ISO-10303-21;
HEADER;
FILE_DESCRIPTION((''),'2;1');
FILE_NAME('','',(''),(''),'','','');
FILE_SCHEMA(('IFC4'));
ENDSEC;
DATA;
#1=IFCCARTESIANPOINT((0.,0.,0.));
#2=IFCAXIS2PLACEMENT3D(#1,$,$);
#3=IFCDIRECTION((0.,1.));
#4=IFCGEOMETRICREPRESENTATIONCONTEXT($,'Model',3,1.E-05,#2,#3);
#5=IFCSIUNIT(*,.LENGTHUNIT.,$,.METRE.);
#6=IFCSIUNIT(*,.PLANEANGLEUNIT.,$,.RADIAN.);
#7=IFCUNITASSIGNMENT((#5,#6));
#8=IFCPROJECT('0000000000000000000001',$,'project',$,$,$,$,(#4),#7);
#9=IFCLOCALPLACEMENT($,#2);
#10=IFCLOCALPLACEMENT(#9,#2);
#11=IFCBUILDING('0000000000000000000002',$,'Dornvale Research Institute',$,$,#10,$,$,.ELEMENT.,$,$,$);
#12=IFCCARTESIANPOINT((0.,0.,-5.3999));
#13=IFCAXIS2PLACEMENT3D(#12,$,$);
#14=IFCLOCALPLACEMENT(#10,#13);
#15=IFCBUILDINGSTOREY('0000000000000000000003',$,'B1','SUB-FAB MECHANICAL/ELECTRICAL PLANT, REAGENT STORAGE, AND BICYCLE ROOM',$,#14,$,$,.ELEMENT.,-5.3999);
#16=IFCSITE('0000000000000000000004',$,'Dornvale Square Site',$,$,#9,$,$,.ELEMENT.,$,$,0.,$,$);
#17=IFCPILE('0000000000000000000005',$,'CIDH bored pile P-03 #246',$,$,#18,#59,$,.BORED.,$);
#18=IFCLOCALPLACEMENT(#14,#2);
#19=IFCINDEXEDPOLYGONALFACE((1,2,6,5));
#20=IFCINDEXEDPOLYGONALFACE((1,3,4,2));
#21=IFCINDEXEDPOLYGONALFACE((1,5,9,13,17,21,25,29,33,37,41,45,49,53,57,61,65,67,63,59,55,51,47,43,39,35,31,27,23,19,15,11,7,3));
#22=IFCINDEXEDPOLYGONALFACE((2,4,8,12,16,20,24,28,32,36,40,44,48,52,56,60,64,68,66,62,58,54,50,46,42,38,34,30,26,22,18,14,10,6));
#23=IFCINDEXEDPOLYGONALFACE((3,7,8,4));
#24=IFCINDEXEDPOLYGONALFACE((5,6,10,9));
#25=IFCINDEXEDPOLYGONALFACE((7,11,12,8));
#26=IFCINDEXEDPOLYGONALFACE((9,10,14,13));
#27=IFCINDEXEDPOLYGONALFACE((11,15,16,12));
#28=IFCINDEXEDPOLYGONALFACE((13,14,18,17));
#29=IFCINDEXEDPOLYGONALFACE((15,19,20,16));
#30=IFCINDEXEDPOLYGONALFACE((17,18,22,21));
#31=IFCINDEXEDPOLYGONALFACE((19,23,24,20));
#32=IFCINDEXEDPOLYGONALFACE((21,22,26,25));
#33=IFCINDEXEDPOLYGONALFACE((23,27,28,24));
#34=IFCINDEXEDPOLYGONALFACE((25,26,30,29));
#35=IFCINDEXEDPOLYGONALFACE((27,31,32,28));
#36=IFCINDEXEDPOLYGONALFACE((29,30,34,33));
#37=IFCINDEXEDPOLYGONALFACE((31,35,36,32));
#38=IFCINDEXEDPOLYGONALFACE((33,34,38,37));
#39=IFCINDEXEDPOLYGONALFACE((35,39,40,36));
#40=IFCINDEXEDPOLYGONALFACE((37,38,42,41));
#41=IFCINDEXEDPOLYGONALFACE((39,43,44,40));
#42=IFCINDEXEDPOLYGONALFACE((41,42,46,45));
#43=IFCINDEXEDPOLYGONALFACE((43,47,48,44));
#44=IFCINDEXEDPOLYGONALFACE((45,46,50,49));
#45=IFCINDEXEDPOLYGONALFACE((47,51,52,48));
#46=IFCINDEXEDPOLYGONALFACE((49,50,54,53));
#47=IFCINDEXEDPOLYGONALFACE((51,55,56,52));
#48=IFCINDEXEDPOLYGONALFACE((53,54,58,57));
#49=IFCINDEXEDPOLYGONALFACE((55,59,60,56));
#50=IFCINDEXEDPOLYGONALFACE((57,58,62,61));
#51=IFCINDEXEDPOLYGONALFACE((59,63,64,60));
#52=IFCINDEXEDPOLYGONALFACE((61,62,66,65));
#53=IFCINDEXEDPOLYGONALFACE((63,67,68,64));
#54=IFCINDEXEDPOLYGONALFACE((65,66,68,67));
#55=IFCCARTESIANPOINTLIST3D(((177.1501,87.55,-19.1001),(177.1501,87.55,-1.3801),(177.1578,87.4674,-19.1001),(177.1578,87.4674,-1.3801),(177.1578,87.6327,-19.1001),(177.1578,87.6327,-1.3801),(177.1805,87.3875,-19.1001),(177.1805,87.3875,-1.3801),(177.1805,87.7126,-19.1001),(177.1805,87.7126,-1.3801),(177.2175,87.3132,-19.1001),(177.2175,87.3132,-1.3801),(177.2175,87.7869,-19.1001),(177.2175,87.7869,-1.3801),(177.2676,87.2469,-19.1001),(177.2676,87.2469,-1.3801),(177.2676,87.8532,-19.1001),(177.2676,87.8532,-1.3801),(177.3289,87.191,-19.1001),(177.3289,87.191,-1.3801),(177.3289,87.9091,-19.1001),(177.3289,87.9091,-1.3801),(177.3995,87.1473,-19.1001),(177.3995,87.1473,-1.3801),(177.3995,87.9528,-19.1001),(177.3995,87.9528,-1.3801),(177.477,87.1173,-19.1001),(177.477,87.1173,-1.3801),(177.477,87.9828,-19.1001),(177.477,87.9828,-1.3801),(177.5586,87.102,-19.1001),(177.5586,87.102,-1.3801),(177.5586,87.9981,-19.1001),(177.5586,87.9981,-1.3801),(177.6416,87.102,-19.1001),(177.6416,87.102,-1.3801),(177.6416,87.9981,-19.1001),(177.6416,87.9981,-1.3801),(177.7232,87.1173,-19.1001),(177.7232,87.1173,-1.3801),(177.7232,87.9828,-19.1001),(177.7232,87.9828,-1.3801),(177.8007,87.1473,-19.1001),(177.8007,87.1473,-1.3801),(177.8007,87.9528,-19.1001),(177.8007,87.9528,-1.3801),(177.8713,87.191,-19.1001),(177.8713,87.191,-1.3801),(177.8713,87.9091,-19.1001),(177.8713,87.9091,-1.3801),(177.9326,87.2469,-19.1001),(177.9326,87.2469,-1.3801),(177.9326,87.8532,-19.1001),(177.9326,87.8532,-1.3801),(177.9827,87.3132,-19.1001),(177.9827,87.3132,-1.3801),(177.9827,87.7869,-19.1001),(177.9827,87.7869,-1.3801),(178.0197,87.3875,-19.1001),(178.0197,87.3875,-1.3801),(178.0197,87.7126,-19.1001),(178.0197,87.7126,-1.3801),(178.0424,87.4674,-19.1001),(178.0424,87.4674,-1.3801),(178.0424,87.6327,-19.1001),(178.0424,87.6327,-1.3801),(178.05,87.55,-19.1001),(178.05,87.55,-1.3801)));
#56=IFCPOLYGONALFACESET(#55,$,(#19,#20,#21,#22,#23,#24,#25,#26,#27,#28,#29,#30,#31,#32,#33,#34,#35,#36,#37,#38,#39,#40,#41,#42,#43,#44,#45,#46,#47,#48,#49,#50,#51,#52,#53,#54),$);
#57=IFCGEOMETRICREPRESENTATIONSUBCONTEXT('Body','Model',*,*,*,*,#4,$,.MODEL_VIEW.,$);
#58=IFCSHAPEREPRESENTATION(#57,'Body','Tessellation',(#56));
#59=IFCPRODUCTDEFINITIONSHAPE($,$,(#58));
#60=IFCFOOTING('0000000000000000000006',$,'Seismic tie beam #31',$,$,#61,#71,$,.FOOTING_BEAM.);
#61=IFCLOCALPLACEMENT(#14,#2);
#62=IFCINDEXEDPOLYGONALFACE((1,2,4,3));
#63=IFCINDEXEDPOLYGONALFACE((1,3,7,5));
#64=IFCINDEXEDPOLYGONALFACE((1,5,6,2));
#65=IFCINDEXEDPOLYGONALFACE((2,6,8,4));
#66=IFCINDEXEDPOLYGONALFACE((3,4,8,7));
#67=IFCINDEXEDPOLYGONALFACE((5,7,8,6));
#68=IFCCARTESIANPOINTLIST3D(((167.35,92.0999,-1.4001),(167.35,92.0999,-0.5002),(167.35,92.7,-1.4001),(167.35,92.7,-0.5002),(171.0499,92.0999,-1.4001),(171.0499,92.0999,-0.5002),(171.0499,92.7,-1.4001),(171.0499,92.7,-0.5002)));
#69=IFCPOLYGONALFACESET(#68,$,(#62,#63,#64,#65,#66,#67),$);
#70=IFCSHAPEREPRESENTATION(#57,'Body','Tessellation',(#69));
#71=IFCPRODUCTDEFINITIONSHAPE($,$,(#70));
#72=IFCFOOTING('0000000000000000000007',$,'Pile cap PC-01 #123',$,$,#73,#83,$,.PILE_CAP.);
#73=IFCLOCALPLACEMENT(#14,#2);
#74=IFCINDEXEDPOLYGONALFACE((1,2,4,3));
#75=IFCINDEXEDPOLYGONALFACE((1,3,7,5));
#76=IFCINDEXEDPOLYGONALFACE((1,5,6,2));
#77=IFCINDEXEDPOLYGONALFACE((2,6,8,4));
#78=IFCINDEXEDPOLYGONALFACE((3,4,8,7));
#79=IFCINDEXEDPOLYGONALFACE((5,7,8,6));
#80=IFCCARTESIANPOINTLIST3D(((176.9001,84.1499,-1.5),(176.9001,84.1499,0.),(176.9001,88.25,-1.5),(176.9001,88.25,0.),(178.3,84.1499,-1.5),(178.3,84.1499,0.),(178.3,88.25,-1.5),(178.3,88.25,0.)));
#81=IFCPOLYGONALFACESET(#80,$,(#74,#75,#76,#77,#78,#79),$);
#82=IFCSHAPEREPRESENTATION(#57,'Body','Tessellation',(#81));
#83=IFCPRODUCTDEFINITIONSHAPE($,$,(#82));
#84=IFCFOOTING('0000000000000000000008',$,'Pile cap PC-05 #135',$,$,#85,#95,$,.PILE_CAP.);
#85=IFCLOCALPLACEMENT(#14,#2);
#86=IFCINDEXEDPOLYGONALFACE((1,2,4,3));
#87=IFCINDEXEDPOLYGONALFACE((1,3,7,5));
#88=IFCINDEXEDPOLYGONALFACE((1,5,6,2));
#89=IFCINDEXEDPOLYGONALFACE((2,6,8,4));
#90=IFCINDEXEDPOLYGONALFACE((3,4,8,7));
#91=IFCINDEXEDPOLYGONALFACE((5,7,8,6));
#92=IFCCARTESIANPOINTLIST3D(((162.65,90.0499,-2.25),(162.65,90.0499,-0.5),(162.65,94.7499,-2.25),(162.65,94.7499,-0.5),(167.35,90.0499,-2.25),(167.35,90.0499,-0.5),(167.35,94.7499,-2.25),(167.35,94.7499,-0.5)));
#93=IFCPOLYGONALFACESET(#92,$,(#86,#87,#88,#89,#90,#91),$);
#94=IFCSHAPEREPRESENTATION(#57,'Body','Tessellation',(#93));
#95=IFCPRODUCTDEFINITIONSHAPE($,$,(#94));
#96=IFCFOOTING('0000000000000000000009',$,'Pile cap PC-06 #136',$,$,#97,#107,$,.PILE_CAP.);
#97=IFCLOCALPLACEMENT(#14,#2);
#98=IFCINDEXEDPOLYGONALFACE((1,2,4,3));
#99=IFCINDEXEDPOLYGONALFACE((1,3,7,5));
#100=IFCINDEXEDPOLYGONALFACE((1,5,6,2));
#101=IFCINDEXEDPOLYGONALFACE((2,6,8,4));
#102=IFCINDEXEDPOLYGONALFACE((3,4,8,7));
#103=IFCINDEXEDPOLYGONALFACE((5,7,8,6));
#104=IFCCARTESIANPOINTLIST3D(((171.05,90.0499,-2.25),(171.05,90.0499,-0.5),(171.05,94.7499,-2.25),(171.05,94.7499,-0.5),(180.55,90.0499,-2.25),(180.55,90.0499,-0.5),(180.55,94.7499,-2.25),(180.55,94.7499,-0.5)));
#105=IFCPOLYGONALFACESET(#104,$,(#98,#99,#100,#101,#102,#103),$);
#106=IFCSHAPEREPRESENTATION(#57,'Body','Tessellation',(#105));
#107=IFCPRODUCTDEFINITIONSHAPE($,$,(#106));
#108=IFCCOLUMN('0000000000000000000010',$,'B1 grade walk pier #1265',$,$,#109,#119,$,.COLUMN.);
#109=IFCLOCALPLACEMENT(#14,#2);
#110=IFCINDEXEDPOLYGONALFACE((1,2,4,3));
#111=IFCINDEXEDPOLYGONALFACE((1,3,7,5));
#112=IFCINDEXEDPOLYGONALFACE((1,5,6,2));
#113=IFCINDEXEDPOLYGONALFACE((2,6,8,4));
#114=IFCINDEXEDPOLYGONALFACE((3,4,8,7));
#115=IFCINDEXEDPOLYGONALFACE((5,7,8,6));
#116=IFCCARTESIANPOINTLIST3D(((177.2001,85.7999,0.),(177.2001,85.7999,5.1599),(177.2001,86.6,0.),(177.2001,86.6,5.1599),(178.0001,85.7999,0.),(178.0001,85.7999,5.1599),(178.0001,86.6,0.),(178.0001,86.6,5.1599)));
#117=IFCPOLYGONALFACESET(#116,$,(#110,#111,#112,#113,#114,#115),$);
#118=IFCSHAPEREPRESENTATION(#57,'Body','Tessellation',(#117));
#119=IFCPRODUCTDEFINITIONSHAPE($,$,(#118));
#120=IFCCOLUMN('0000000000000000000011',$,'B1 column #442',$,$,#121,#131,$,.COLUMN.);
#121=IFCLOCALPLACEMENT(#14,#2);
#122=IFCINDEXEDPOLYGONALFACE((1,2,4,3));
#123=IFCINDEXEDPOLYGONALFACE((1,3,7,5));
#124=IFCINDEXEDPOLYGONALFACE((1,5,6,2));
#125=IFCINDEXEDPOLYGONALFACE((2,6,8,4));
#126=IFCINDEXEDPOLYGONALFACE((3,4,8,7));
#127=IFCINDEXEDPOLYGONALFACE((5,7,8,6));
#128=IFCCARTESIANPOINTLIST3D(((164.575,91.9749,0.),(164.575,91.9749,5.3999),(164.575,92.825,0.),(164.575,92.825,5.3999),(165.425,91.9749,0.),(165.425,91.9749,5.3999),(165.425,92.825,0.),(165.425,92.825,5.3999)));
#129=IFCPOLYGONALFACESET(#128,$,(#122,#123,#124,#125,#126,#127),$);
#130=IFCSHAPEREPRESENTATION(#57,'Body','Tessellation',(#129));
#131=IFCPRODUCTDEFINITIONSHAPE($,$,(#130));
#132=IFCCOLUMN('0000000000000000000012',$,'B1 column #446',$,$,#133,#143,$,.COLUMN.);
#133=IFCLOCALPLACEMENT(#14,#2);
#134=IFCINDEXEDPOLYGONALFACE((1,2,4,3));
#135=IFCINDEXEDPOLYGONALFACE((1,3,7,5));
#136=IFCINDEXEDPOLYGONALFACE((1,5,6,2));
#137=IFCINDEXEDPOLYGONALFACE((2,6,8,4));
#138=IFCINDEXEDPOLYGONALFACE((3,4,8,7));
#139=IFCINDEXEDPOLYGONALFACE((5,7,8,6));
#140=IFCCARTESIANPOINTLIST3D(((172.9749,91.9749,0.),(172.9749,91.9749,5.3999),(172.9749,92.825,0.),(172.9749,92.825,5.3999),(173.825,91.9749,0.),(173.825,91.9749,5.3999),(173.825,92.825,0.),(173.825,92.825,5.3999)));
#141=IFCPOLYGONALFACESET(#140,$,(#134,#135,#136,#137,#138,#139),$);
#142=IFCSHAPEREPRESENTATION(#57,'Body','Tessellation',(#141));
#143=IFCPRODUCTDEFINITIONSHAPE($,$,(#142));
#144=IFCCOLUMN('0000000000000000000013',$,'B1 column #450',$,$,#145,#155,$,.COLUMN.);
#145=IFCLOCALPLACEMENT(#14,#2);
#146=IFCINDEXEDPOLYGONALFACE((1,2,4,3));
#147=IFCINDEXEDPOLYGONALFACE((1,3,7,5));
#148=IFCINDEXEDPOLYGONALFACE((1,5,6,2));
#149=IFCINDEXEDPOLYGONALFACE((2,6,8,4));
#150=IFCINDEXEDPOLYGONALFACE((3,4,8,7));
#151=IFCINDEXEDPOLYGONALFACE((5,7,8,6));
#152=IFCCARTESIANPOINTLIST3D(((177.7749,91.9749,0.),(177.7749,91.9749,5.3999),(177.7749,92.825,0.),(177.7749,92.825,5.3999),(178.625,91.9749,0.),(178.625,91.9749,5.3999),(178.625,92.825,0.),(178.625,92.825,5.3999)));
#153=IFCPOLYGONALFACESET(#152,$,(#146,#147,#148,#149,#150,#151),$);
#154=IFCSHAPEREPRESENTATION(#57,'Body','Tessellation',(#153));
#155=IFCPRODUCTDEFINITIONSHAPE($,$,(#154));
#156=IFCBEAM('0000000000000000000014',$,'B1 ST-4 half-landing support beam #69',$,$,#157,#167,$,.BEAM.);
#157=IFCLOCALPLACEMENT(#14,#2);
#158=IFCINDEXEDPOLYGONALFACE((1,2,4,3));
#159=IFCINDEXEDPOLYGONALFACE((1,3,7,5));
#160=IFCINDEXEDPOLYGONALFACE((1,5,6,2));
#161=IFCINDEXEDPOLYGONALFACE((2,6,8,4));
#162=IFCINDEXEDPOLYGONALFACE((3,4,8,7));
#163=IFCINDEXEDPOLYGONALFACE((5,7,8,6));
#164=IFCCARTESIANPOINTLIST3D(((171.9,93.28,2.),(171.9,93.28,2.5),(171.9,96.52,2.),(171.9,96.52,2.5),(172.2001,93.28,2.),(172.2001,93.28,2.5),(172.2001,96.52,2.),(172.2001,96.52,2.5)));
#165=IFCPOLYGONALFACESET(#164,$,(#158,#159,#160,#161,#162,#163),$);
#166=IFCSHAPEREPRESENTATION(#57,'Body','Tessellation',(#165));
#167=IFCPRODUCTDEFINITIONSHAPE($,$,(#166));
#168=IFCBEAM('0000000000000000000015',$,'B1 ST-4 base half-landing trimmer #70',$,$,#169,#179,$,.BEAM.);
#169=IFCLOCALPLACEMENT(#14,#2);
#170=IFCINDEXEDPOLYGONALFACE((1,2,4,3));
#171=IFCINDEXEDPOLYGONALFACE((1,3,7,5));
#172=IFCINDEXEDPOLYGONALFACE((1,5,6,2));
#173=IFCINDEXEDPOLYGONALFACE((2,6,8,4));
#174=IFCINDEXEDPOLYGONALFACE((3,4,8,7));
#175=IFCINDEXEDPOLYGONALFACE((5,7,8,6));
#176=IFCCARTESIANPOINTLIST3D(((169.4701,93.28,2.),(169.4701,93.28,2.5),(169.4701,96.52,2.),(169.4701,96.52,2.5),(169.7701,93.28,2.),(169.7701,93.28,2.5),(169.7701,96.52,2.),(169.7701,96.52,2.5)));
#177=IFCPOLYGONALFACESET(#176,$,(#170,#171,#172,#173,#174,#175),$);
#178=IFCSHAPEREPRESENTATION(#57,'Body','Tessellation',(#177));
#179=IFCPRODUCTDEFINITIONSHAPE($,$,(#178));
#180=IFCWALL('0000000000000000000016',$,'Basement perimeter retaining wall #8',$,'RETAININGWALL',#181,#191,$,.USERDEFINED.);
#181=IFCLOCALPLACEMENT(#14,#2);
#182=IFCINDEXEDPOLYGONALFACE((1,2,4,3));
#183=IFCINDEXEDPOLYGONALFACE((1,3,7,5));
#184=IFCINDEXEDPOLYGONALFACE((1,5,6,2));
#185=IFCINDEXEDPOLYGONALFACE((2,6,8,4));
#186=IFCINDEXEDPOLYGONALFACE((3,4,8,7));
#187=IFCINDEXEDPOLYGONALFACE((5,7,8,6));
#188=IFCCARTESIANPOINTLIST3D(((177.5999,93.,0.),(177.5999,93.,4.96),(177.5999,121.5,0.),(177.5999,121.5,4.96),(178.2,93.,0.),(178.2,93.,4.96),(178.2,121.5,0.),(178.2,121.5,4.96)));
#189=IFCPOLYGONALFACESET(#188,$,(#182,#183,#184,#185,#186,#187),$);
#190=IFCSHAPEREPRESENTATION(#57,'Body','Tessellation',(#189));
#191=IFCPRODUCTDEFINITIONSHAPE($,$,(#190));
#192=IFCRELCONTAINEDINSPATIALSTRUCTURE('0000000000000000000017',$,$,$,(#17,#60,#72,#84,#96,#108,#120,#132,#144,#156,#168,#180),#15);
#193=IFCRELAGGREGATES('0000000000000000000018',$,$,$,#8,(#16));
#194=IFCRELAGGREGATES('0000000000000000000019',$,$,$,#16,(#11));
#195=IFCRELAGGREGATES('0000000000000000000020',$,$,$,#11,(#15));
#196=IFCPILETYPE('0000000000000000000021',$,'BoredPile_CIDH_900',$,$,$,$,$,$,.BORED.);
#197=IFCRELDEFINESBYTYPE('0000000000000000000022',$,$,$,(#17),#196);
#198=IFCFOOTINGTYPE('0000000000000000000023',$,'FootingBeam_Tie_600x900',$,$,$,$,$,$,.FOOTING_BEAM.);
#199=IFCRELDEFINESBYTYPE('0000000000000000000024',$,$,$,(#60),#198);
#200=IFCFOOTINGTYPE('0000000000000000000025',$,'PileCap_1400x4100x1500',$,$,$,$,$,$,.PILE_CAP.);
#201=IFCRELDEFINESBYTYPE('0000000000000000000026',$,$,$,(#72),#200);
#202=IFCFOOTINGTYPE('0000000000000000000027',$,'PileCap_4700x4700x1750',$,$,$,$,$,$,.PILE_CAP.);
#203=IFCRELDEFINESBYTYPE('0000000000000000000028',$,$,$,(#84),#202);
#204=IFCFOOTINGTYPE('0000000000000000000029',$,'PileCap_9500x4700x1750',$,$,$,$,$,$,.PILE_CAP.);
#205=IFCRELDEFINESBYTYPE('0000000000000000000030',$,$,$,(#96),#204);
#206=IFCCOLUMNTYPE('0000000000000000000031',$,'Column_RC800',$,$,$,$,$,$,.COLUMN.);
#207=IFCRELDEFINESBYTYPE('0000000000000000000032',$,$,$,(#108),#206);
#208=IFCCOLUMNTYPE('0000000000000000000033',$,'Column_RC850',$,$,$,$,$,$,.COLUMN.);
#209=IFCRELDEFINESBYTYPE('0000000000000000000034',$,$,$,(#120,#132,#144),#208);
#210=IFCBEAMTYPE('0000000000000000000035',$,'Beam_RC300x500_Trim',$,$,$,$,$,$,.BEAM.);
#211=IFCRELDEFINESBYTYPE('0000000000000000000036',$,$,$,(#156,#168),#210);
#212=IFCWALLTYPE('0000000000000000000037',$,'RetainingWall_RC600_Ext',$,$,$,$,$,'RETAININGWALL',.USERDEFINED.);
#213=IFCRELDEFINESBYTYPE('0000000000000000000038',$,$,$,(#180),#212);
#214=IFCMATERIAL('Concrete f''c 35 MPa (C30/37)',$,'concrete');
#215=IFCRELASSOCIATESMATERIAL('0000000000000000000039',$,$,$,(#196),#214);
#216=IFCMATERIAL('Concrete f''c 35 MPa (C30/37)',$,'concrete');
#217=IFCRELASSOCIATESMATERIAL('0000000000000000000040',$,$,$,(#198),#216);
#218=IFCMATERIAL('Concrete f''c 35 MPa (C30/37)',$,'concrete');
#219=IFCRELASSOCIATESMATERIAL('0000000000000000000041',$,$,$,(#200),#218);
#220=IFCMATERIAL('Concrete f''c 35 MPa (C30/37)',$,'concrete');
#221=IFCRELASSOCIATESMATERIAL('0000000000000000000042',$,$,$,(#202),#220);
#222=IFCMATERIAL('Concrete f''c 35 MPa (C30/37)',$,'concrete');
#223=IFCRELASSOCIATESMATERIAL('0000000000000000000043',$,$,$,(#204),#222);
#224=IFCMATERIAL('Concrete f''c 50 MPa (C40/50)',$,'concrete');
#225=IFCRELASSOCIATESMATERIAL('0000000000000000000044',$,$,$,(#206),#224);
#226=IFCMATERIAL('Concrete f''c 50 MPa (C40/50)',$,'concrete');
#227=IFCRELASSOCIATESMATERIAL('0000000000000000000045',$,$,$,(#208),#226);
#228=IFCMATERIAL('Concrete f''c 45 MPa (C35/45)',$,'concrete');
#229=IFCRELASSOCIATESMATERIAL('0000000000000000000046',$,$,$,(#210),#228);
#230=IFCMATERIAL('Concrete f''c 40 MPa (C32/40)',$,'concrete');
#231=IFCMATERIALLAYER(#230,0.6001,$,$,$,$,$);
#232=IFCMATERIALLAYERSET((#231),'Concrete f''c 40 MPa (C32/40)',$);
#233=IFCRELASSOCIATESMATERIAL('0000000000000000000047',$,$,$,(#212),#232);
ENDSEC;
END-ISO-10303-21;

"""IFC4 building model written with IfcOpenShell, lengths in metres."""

from ifc_helpers import new_model, si_unit, direction, frame, frame_2d, origin, origin_2d, place, context, subcontext, project, spatial, rectangle, circle, extrude, material, layer, layer_set, material_profile, profile_set, type_object, element, save


model = new_model("IFC4")

# Units and contexts
model_context = context("Model", 3, precision=1e-05, world=origin(), true_north=direction((0.0, 1.0)))
body_context = subcontext(model_context, "Body", "Model", "MODEL_VIEW")
ifc_project = project(units=[si_unit("LENGTHUNIT", "METRE"), si_unit("PLANEANGLEUNIT", "RADIAN")], contexts=[model_context])

# Site, building, storey
site_placement = place(None, origin())
site = spatial("IfcSite", under=ifc_project, at=site_placement, Name="Dornvale Square Site", CompositionType="ELEMENT", RefElevation=0.0)
building_placement = place(site_placement, origin())
building = spatial("IfcBuilding", under=site, at=building_placement, Name="Dornvale Research Institute", CompositionType="ELEMENT")
storey_placement = place(building_placement, frame((0.0, 0.0, -5.3999)))
storey = spatial("IfcBuildingStorey", under=building, at=storey_placement, Name="B1", Description="SUB-FAB MECHANICAL/ELECTRICAL PLANT, REAGENT STORAGE, AND BICYCLE ROOM", CompositionType="ELEMENT", Elevation=-5.3999)

# Pile
ifc_material_1 = material(Name="Concrete f'c 35 MPa (C30/37)", Category="concrete")
ifc_material_profile_1 = material_profile(ifc_material_1, circle(Radius=0.45, at=origin_2d()), Name="CIDH PILE D900")
ifc_profile_set_1 = profile_set([ifc_material_profile_1], Name="Concrete f'c 35 MPa (C30/37)")
pile_type_1 = type_object("IfcPileType", Name="BoredPile_CIDH_900", PredefinedType="BORED", material=ifc_profile_set_1)
for number, where, z_axis, x_axis, name in (
    (1, (177.6001, 87.55, -1.3801), (0.0, 0.0, -1.0), (1.0, 0.0, 0.0), "CIDH bored pile P-03 #246"),
):
    element("IfcPile", number, at=place(storey_placement, frame(where, z_axis=z_axis, x_axis=x_axis)), inside=storey, type_object=pile_type_1, Name=name, PredefinedType="BORED", context=body_context, shape_type="SweptSolid", body=[
        extrude(circle(Radius=0.45, at=origin_2d()), origin(), (0.0, 0.0, 1.0), 17.72),
    ])

# Footings
ifc_material_2 = material(Name="Concrete f'c 35 MPa (C30/37)", Category="concrete")
footing_type_1 = type_object("IfcFootingType", Name="FootingBeam_Tie_600x900", PredefinedType="FOOTING_BEAM", material=ifc_material_2)
footing_1_placement = place(storey_placement, frame((169.2, 92.3999, -1.4001), z_axis=(0.0, 0.0, 1.0), x_axis=(1.0, 0.0, 0.0)))
element("IfcFooting", 2, at=footing_1_placement, inside=storey, type_object=footing_type_1, Name="Seismic tie beam #31", PredefinedType="FOOTING_BEAM", context=body_context, shape_type="SweptSolid", body=[
    extrude(rectangle(XDim=3.7, YDim=0.6001, at=origin_2d()), origin(), (0.0, 0.0, 1.0), 0.8999),
])
ifc_material_3 = material(Name="Concrete f'c 35 MPa (C30/37)", Category="concrete")
footing_type_2 = type_object("IfcFootingType", Name="PileCap_1400x4100x1500", PredefinedType="PILE_CAP", material=ifc_material_3)
footing_2_placement = place(storey_placement, frame((177.6001, 86.2, -1.5), z_axis=(0.0, 0.0, 1.0), x_axis=(1.0, 0.0, 0.0)))
element("IfcFooting", 3, at=footing_2_placement, inside=storey, type_object=footing_type_2, Name="Pile cap PC-01 #123", PredefinedType="PILE_CAP", context=body_context, shape_type="SweptSolid", body=[
    extrude(rectangle(XDim=1.3999, YDim=4.1001, at=origin_2d()), origin(), (0.0, 0.0, 1.0), 1.5),
])
ifc_material_4 = material(Name="Concrete f'c 35 MPa (C30/37)", Category="concrete")
footing_type_3 = type_object("IfcFootingType", Name="PileCap_4700x4700x1750", PredefinedType="PILE_CAP", material=ifc_material_4)
footing_3_placement = place(storey_placement, frame((165.0, 92.3999, -2.25), z_axis=(0.0, 0.0, 1.0), x_axis=(1.0, 0.0, 0.0)))
element("IfcFooting", 4, at=footing_3_placement, inside=storey, type_object=footing_type_3, Name="Pile cap PC-05 #135", PredefinedType="PILE_CAP", context=body_context, shape_type="SweptSolid", body=[
    extrude(rectangle(XDim=4.7, YDim=4.7, at=origin_2d()), origin(), (0.0, 0.0, 1.0), 1.75),
])
ifc_material_5 = material(Name="Concrete f'c 35 MPa (C30/37)", Category="concrete")
footing_type_4 = type_object("IfcFootingType", Name="PileCap_9500x4700x1750", PredefinedType="PILE_CAP", material=ifc_material_5)
footing_4_placement = place(storey_placement, frame((175.8, 92.3999, -2.25), z_axis=(0.0, 0.0, 1.0), x_axis=(1.0, 0.0, 0.0)))
element("IfcFooting", 5, at=footing_4_placement, inside=storey, type_object=footing_type_4, Name="Pile cap PC-06 #136", PredefinedType="PILE_CAP", context=body_context, shape_type="SweptSolid", body=[
    extrude(rectangle(XDim=9.5, YDim=4.7, at=origin_2d()), origin(), (0.0, 0.0, 1.0), 1.75),
])

# Columns
ifc_material_6 = material(Name="Concrete f'c 50 MPa (C40/50)", Category="concrete")
ifc_material_profile_2 = material_profile(ifc_material_6, rectangle(XDim=0.8, YDim=0.8, at=origin_2d()), Name="RC 800x800")
ifc_profile_set_2 = profile_set([ifc_material_profile_2], Name="Concrete f'c 50 MPa (C40/50)")
column_type_1 = type_object("IfcColumnType", Name="Column_RC800", PredefinedType="COLUMN", material=ifc_profile_set_2)
column_placement = place(storey_placement, frame((177.6001, 86.2, 0.0), z_axis=(0.0, 0.0, 1.0), x_axis=(1.0, 0.0, 0.0)))
element("IfcColumn", 6, at=column_placement, inside=storey, type_object=column_type_1, Name="B1 grade walk pier #1265", PredefinedType="COLUMN", context=body_context, shape_type="SweptSolid", body=[
    extrude(rectangle(XDim=0.8, YDim=0.8, at=origin_2d()), origin(), (0.0, 0.0, 1.0), 5.1599),
])
ifc_material_7 = material(Name="Concrete f'c 50 MPa (C40/50)", Category="concrete")
ifc_material_profile_3 = material_profile(ifc_material_7, rectangle(XDim=0.8501, YDim=0.8501, at=origin_2d()), Name="RC 850x850")
ifc_profile_set_3 = profile_set([ifc_material_profile_3], Name="Concrete f'c 50 MPa (C40/50)")
column_type_2 = type_object("IfcColumnType", Name="Column_RC850", PredefinedType="COLUMN", material=ifc_profile_set_3)
for number, where, z_axis, x_axis, name in (
    (7, (165.0, 92.3999, 0.0), (0.0, 0.0, 1.0), (1.0, 0.0, 0.0), "B1 column #442"),
    (8, (173.3999, 92.3999, 0.0), (0.0, 0.0, 1.0), (1.0, 0.0, 0.0), "B1 column #446"),
    (9, (178.2, 92.3999, 0.0), (0.0, 0.0, 1.0), (1.0, 0.0, 0.0), "B1 column #450"),
):
    element("IfcColumn", number, at=place(storey_placement, frame(where, z_axis=z_axis, x_axis=x_axis)), inside=storey, type_object=column_type_2, Name=name, PredefinedType="COLUMN", context=body_context, shape_type="SweptSolid", body=[
        extrude(rectangle(XDim=0.8501, YDim=0.8501, at=origin_2d()), origin(), (0.0, 0.0, 1.0), 5.3999),
    ])

# Beams
ifc_material_8 = material(Name="Concrete f'c 45 MPa (C35/45)", Category="concrete")
ifc_material_profile_4 = material_profile(ifc_material_8, rectangle(XDim=0.3, YDim=0.5, at=origin_2d()), Name="RC 300x500")
ifc_profile_set_4 = profile_set([ifc_material_profile_4], Name="Concrete f'c 45 MPa (C35/45)")
beam_type = type_object("IfcBeamType", Name="Beam_RC300x500_Trim", PredefinedType="BEAM", material=ifc_profile_set_4)
for number, where, z_axis, x_axis, name in (
    (10, (172.05, 93.28, 2.25), (0.0, 1.0, 0.0), (-1.0, 0.0, 0.0), "B1 ST-4 half-landing support beam #69"),
    (11, (169.6201, 93.28, 2.25), (0.0, 1.0, 0.0), (-1.0, 0.0, 0.0), "B1 ST-4 base half-landing trimmer #70"),
):
    element("IfcBeam", number, at=place(storey_placement, frame(where, z_axis=z_axis, x_axis=x_axis)), inside=storey, type_object=beam_type, Name=name, PredefinedType="BEAM", context=body_context, shape_type="SweptSolid", body=[
        extrude(rectangle(XDim=0.3, YDim=0.5, at=origin_2d()), origin(), (0.0, 0.0, 1.0), 3.24),
    ])

# Wall
ifc_material_9 = material(Name="Concrete f'c 40 MPa (C32/40)", Category="concrete")
ifc_layer_1 = layer(ifc_material_9, 0.6001)
ifc_layer_set_1 = layer_set([ifc_layer_1], Name="Concrete f'c 40 MPa (C32/40)")
wall_type_1 = type_object("IfcWallType", Name="RetainingWall_RC600_Ext", ElementType="RETAININGWALL", PredefinedType="USERDEFINED", material=ifc_layer_set_1)
wall_1_placement = place(storey_placement, frame((177.8999, 93.0, 0.0), z_axis=(0.0, 0.0, 1.0), x_axis=(0.0, 1.0, 0.0)))
element("IfcWall", 12, at=wall_1_placement, inside=storey, type_object=wall_type_1, Name="Basement perimeter retaining wall #8", ObjectType="RETAININGWALL", PredefinedType="USERDEFINED", context=body_context, shape_type="SweptSolid", body=[
    extrude(rectangle(XDim=28.5, YDim=0.6001, at=frame_2d((14.25, 0.0))), origin(), (0.0, 0.0, 1.0), 4.96),
])

save(model, "model.ifc")
